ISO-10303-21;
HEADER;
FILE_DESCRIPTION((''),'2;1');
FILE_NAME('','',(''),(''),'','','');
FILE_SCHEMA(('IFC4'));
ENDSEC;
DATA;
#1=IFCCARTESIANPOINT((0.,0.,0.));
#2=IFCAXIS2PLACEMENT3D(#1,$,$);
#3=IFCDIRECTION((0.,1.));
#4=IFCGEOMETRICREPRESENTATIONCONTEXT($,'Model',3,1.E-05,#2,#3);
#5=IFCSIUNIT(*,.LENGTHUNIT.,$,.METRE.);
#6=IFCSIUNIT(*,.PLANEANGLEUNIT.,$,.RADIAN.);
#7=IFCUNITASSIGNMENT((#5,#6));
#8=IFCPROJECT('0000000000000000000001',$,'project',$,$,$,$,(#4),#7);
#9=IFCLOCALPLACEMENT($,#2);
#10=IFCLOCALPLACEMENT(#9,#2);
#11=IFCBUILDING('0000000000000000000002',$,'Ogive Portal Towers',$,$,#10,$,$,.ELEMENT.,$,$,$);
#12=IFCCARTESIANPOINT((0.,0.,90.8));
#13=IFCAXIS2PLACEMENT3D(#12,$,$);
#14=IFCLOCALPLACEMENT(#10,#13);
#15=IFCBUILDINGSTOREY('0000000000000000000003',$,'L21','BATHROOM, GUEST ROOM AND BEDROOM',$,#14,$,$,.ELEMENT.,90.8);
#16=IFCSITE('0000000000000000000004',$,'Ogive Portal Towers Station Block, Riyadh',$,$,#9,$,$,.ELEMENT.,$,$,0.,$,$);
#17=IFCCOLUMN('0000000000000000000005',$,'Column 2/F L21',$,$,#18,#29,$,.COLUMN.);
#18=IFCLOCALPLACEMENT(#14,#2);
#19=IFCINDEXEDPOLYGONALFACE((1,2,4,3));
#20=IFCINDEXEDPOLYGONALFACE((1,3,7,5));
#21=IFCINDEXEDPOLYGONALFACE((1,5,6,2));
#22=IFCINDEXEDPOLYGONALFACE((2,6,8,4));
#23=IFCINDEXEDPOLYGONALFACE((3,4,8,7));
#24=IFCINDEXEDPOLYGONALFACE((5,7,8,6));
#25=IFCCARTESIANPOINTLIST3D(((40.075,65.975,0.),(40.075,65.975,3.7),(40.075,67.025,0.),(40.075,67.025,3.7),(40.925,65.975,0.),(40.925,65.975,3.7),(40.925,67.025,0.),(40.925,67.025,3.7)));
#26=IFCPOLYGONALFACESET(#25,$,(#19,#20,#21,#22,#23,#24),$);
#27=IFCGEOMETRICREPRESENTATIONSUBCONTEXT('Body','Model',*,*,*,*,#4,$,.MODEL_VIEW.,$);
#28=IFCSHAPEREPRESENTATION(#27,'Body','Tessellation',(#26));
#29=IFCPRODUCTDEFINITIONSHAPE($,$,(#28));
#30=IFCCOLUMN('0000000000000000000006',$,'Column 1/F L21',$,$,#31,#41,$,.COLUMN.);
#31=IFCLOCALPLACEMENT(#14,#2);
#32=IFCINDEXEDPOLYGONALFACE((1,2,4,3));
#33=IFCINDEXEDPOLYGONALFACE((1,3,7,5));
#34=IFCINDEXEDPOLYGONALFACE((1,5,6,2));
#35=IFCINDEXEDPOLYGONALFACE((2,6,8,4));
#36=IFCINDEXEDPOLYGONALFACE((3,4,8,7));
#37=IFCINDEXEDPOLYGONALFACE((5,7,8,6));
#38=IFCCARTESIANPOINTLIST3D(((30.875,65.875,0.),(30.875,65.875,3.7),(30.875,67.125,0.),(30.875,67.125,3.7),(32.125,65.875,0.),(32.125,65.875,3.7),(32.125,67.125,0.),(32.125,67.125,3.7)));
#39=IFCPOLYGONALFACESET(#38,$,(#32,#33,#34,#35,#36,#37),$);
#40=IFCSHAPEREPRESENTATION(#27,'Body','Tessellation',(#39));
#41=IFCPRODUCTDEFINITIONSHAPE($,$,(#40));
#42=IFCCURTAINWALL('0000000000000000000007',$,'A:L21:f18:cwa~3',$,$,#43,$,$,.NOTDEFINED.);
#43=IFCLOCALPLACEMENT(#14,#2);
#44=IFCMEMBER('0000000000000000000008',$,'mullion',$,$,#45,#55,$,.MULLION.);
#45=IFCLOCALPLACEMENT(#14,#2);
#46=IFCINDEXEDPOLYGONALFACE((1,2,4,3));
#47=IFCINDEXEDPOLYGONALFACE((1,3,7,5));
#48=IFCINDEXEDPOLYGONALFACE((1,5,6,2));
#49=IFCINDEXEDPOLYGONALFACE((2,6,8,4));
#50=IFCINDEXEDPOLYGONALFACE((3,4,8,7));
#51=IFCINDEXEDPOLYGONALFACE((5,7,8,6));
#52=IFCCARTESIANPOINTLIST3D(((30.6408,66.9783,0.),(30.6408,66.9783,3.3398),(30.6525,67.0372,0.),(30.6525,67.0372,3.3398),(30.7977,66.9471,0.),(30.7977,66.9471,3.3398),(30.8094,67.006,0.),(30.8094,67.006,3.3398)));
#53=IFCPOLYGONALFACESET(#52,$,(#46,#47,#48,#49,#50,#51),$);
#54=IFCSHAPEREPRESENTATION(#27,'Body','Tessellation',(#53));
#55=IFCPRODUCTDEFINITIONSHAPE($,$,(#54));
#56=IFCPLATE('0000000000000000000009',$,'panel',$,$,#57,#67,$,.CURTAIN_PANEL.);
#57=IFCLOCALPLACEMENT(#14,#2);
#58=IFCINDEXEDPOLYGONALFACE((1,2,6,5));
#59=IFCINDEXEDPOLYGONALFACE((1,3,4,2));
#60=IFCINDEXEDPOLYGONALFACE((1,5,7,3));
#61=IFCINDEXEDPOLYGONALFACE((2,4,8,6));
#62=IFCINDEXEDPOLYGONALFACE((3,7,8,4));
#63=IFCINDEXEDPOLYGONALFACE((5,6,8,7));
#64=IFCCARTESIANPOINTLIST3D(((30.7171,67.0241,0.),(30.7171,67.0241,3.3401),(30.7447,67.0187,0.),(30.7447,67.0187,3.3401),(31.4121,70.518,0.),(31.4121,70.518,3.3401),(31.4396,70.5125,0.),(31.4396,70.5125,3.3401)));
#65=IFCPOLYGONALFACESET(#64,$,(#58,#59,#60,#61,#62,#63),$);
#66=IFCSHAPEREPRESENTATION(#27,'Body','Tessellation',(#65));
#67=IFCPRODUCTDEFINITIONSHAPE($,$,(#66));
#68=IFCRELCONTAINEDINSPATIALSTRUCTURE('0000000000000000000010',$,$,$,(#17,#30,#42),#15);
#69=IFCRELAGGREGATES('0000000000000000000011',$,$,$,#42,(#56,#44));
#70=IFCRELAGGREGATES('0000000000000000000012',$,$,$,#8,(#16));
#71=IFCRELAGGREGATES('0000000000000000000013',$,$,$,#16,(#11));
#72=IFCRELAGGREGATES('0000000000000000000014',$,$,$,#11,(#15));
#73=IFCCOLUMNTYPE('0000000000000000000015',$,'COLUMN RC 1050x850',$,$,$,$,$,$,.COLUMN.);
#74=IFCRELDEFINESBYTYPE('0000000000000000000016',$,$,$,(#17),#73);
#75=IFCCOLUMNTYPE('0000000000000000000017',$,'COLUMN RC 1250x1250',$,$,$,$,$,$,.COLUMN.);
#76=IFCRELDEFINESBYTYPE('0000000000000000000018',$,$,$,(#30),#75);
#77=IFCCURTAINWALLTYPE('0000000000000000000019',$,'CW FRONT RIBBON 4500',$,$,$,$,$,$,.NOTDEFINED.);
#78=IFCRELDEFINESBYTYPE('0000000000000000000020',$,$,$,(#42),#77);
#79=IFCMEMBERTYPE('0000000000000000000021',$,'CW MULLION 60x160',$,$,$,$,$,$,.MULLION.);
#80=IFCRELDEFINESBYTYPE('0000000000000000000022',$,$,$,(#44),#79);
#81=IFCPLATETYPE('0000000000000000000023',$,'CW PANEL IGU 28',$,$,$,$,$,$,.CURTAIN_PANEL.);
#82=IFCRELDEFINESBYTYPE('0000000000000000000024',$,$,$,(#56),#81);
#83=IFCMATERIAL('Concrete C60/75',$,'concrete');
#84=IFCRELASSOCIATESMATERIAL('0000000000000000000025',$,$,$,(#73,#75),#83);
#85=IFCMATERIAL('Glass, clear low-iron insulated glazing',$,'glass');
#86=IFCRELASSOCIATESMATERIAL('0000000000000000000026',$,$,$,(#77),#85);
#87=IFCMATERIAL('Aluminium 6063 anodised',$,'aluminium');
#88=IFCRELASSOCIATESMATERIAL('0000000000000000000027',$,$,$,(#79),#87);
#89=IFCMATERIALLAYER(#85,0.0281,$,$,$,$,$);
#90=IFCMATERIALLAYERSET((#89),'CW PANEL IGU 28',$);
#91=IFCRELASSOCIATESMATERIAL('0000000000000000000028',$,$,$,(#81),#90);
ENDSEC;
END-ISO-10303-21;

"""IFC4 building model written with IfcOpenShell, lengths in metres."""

from ifc_helpers import new_model, si_unit, direction, frame, origin, origin_2d, place, context, subcontext, project, spatial, rectangle, extrude, material, layer, layer_set, material_profile, profile_set, type_object, element, aggregate, save


model = new_model("IFC4")

# Units and contexts
model_context = context("Model", 3, precision=1e-05, world=origin(), true_north=direction((0.0, 1.0)))
body_context = subcontext(model_context, "Body", "Model", "MODEL_VIEW")
ifc_project = project(units=[si_unit("LENGTHUNIT", "METRE"), si_unit("PLANEANGLEUNIT", "RADIAN")], contexts=[model_context])

# Site, building, storey
site_placement = place(None, origin())
site = spatial("IfcSite", under=ifc_project, at=site_placement, Name="Ogive Portal Towers Station Block, Riyadh", CompositionType="ELEMENT", RefElevation=0.0)
building_placement = place(site_placement, origin())
building = spatial("IfcBuilding", under=site, at=building_placement, Name="Ogive Portal Towers", CompositionType="ELEMENT")
storey_placement = place(building_placement, frame((0.0, 0.0, 90.8)))
storey = spatial("IfcBuildingStorey", under=building, at=storey_placement, Name="L21", Description="BATHROOM, GUEST ROOM AND BEDROOM", CompositionType="ELEMENT", Elevation=90.8)

# Columns
ifc_material_1 = material(Name="Concrete C60/75", Category="concrete")
ifc_material_profile_1 = material_profile(ifc_material_1, rectangle(XDim=1.05, YDim=0.8501, at=origin_2d()), Name="RC 1050x850")
ifc_profile_set_1 = profile_set([ifc_material_profile_1], Name="Concrete C60/75")
column_type_1 = type_object("IfcColumnType", Name="COLUMN RC 1050x850", PredefinedType="COLUMN", material=ifc_profile_set_1)
column_1_placement = place(storey_placement, frame((40.5, 66.5, 0.0), z_axis=(0.0, 0.0, 1.0), x_axis=(0.0, 1.0, 0.0)))
element("IfcColumn", 1, at=column_1_placement, inside=storey, type_object=column_type_1, Name="Column 2/F L21", PredefinedType="COLUMN", context=body_context, shape_type="SweptSolid", body=[
    extrude(rectangle(XDim=1.05, YDim=0.8501, at=origin_2d()), origin(), (0.0, 0.0, 1.0), 3.7),
])
ifc_material_profile_2 = material_profile(ifc_material_1, rectangle(XDim=1.25, YDim=1.25, at=origin_2d()), Name="RC 1250x1250")
ifc_profile_set_2 = profile_set([ifc_material_profile_2], Name="Concrete C60/75")
column_type_2 = type_object("IfcColumnType", Name="COLUMN RC 1250x1250", PredefinedType="COLUMN", material=ifc_profile_set_2)
column_2_placement = place(storey_placement, frame((31.5, 66.5, 0.0), z_axis=(0.0, 0.0, 1.0), x_axis=(1.0, 0.0, 0.0)))
element("IfcColumn", 2, at=column_2_placement, inside=storey, type_object=column_type_2, Name="Column 1/F L21", PredefinedType="COLUMN", context=body_context, shape_type="SweptSolid", body=[
    extrude(rectangle(XDim=1.25, YDim=1.25, at=origin_2d()), origin(), (0.0, 0.0, 1.0), 3.7),
])

# Curtain wall, member, plate
ifc_material_2 = material(Name="Glass, clear low-iron insulated glazing", Category="glass")
curtain_wall_type = type_object("IfcCurtainWallType", Name="CW FRONT RIBBON 4500", PredefinedType="NOTDEFINED", material=ifc_material_2)
curtain_wall_placement = place(storey_placement, origin())
curtain_wall = element("IfcCurtainWall", 3, at=curtain_wall_placement, inside=storey, type_object=curtain_wall_type, Name="A:L21:f18:cwa~3", PredefinedType="NOTDEFINED")
ifc_material_3 = material(Name="Aluminium 6063 anodised", Category="aluminium")
ifc_material_profile_3 = material_profile(ifc_material_3, rectangle(XDim=0.1599, YDim=0.0601, at=origin_2d()), Name="AL 60x160")
ifc_profile_set_3 = profile_set([ifc_material_profile_3], Name="Aluminium 6063 anodised")
member_type = type_object("IfcMemberType", Name="CW MULLION 60x160", PredefinedType="MULLION", material=ifc_profile_set_3)
member_placement = place(storey_placement, frame((30.7251, 66.9922, 0.0), z_axis=(0.0, 0.0, 1.0), x_axis=(0.980785, -0.19509, 0.0)))
member = element("IfcMember", 4, at=member_placement, type_object=member_type, Name="mullion", PredefinedType="MULLION", context=body_context, shape_type="SweptSolid", body=[
    extrude(rectangle(XDim=0.1599, YDim=0.0601, at=origin_2d()), origin(), (0.0, 0.0, 1.0), 3.3398),
])
ifc_layer_1 = layer(ifc_material_2, 0.0281)
ifc_layer_set_1 = layer_set([ifc_layer_1], Name="CW PANEL IGU 28")
plate_type = type_object("IfcPlateType", Name="CW PANEL IGU 28", PredefinedType="CURTAIN_PANEL", material=ifc_layer_set_1)
plate_placement = place(storey_placement, frame((31.0784, 68.7683, 0.0), z_axis=(0.0, 0.0, 1.0), x_axis=(-0.19509, -0.980785, 0.0)))
plate = element("IfcPlate", 5, at=plate_placement, type_object=plate_type, Name="panel", PredefinedType="CURTAIN_PANEL", context=body_context, shape_type="SweptSolid", body=[
    extrude(rectangle(XDim=3.5623, YDim=0.0281, at=origin_2d()), origin(), (0.0, 0.0, 1.0), 3.3401),
])
aggregate(curtain_wall, [plate, member])

save(model, "model.ifc")
